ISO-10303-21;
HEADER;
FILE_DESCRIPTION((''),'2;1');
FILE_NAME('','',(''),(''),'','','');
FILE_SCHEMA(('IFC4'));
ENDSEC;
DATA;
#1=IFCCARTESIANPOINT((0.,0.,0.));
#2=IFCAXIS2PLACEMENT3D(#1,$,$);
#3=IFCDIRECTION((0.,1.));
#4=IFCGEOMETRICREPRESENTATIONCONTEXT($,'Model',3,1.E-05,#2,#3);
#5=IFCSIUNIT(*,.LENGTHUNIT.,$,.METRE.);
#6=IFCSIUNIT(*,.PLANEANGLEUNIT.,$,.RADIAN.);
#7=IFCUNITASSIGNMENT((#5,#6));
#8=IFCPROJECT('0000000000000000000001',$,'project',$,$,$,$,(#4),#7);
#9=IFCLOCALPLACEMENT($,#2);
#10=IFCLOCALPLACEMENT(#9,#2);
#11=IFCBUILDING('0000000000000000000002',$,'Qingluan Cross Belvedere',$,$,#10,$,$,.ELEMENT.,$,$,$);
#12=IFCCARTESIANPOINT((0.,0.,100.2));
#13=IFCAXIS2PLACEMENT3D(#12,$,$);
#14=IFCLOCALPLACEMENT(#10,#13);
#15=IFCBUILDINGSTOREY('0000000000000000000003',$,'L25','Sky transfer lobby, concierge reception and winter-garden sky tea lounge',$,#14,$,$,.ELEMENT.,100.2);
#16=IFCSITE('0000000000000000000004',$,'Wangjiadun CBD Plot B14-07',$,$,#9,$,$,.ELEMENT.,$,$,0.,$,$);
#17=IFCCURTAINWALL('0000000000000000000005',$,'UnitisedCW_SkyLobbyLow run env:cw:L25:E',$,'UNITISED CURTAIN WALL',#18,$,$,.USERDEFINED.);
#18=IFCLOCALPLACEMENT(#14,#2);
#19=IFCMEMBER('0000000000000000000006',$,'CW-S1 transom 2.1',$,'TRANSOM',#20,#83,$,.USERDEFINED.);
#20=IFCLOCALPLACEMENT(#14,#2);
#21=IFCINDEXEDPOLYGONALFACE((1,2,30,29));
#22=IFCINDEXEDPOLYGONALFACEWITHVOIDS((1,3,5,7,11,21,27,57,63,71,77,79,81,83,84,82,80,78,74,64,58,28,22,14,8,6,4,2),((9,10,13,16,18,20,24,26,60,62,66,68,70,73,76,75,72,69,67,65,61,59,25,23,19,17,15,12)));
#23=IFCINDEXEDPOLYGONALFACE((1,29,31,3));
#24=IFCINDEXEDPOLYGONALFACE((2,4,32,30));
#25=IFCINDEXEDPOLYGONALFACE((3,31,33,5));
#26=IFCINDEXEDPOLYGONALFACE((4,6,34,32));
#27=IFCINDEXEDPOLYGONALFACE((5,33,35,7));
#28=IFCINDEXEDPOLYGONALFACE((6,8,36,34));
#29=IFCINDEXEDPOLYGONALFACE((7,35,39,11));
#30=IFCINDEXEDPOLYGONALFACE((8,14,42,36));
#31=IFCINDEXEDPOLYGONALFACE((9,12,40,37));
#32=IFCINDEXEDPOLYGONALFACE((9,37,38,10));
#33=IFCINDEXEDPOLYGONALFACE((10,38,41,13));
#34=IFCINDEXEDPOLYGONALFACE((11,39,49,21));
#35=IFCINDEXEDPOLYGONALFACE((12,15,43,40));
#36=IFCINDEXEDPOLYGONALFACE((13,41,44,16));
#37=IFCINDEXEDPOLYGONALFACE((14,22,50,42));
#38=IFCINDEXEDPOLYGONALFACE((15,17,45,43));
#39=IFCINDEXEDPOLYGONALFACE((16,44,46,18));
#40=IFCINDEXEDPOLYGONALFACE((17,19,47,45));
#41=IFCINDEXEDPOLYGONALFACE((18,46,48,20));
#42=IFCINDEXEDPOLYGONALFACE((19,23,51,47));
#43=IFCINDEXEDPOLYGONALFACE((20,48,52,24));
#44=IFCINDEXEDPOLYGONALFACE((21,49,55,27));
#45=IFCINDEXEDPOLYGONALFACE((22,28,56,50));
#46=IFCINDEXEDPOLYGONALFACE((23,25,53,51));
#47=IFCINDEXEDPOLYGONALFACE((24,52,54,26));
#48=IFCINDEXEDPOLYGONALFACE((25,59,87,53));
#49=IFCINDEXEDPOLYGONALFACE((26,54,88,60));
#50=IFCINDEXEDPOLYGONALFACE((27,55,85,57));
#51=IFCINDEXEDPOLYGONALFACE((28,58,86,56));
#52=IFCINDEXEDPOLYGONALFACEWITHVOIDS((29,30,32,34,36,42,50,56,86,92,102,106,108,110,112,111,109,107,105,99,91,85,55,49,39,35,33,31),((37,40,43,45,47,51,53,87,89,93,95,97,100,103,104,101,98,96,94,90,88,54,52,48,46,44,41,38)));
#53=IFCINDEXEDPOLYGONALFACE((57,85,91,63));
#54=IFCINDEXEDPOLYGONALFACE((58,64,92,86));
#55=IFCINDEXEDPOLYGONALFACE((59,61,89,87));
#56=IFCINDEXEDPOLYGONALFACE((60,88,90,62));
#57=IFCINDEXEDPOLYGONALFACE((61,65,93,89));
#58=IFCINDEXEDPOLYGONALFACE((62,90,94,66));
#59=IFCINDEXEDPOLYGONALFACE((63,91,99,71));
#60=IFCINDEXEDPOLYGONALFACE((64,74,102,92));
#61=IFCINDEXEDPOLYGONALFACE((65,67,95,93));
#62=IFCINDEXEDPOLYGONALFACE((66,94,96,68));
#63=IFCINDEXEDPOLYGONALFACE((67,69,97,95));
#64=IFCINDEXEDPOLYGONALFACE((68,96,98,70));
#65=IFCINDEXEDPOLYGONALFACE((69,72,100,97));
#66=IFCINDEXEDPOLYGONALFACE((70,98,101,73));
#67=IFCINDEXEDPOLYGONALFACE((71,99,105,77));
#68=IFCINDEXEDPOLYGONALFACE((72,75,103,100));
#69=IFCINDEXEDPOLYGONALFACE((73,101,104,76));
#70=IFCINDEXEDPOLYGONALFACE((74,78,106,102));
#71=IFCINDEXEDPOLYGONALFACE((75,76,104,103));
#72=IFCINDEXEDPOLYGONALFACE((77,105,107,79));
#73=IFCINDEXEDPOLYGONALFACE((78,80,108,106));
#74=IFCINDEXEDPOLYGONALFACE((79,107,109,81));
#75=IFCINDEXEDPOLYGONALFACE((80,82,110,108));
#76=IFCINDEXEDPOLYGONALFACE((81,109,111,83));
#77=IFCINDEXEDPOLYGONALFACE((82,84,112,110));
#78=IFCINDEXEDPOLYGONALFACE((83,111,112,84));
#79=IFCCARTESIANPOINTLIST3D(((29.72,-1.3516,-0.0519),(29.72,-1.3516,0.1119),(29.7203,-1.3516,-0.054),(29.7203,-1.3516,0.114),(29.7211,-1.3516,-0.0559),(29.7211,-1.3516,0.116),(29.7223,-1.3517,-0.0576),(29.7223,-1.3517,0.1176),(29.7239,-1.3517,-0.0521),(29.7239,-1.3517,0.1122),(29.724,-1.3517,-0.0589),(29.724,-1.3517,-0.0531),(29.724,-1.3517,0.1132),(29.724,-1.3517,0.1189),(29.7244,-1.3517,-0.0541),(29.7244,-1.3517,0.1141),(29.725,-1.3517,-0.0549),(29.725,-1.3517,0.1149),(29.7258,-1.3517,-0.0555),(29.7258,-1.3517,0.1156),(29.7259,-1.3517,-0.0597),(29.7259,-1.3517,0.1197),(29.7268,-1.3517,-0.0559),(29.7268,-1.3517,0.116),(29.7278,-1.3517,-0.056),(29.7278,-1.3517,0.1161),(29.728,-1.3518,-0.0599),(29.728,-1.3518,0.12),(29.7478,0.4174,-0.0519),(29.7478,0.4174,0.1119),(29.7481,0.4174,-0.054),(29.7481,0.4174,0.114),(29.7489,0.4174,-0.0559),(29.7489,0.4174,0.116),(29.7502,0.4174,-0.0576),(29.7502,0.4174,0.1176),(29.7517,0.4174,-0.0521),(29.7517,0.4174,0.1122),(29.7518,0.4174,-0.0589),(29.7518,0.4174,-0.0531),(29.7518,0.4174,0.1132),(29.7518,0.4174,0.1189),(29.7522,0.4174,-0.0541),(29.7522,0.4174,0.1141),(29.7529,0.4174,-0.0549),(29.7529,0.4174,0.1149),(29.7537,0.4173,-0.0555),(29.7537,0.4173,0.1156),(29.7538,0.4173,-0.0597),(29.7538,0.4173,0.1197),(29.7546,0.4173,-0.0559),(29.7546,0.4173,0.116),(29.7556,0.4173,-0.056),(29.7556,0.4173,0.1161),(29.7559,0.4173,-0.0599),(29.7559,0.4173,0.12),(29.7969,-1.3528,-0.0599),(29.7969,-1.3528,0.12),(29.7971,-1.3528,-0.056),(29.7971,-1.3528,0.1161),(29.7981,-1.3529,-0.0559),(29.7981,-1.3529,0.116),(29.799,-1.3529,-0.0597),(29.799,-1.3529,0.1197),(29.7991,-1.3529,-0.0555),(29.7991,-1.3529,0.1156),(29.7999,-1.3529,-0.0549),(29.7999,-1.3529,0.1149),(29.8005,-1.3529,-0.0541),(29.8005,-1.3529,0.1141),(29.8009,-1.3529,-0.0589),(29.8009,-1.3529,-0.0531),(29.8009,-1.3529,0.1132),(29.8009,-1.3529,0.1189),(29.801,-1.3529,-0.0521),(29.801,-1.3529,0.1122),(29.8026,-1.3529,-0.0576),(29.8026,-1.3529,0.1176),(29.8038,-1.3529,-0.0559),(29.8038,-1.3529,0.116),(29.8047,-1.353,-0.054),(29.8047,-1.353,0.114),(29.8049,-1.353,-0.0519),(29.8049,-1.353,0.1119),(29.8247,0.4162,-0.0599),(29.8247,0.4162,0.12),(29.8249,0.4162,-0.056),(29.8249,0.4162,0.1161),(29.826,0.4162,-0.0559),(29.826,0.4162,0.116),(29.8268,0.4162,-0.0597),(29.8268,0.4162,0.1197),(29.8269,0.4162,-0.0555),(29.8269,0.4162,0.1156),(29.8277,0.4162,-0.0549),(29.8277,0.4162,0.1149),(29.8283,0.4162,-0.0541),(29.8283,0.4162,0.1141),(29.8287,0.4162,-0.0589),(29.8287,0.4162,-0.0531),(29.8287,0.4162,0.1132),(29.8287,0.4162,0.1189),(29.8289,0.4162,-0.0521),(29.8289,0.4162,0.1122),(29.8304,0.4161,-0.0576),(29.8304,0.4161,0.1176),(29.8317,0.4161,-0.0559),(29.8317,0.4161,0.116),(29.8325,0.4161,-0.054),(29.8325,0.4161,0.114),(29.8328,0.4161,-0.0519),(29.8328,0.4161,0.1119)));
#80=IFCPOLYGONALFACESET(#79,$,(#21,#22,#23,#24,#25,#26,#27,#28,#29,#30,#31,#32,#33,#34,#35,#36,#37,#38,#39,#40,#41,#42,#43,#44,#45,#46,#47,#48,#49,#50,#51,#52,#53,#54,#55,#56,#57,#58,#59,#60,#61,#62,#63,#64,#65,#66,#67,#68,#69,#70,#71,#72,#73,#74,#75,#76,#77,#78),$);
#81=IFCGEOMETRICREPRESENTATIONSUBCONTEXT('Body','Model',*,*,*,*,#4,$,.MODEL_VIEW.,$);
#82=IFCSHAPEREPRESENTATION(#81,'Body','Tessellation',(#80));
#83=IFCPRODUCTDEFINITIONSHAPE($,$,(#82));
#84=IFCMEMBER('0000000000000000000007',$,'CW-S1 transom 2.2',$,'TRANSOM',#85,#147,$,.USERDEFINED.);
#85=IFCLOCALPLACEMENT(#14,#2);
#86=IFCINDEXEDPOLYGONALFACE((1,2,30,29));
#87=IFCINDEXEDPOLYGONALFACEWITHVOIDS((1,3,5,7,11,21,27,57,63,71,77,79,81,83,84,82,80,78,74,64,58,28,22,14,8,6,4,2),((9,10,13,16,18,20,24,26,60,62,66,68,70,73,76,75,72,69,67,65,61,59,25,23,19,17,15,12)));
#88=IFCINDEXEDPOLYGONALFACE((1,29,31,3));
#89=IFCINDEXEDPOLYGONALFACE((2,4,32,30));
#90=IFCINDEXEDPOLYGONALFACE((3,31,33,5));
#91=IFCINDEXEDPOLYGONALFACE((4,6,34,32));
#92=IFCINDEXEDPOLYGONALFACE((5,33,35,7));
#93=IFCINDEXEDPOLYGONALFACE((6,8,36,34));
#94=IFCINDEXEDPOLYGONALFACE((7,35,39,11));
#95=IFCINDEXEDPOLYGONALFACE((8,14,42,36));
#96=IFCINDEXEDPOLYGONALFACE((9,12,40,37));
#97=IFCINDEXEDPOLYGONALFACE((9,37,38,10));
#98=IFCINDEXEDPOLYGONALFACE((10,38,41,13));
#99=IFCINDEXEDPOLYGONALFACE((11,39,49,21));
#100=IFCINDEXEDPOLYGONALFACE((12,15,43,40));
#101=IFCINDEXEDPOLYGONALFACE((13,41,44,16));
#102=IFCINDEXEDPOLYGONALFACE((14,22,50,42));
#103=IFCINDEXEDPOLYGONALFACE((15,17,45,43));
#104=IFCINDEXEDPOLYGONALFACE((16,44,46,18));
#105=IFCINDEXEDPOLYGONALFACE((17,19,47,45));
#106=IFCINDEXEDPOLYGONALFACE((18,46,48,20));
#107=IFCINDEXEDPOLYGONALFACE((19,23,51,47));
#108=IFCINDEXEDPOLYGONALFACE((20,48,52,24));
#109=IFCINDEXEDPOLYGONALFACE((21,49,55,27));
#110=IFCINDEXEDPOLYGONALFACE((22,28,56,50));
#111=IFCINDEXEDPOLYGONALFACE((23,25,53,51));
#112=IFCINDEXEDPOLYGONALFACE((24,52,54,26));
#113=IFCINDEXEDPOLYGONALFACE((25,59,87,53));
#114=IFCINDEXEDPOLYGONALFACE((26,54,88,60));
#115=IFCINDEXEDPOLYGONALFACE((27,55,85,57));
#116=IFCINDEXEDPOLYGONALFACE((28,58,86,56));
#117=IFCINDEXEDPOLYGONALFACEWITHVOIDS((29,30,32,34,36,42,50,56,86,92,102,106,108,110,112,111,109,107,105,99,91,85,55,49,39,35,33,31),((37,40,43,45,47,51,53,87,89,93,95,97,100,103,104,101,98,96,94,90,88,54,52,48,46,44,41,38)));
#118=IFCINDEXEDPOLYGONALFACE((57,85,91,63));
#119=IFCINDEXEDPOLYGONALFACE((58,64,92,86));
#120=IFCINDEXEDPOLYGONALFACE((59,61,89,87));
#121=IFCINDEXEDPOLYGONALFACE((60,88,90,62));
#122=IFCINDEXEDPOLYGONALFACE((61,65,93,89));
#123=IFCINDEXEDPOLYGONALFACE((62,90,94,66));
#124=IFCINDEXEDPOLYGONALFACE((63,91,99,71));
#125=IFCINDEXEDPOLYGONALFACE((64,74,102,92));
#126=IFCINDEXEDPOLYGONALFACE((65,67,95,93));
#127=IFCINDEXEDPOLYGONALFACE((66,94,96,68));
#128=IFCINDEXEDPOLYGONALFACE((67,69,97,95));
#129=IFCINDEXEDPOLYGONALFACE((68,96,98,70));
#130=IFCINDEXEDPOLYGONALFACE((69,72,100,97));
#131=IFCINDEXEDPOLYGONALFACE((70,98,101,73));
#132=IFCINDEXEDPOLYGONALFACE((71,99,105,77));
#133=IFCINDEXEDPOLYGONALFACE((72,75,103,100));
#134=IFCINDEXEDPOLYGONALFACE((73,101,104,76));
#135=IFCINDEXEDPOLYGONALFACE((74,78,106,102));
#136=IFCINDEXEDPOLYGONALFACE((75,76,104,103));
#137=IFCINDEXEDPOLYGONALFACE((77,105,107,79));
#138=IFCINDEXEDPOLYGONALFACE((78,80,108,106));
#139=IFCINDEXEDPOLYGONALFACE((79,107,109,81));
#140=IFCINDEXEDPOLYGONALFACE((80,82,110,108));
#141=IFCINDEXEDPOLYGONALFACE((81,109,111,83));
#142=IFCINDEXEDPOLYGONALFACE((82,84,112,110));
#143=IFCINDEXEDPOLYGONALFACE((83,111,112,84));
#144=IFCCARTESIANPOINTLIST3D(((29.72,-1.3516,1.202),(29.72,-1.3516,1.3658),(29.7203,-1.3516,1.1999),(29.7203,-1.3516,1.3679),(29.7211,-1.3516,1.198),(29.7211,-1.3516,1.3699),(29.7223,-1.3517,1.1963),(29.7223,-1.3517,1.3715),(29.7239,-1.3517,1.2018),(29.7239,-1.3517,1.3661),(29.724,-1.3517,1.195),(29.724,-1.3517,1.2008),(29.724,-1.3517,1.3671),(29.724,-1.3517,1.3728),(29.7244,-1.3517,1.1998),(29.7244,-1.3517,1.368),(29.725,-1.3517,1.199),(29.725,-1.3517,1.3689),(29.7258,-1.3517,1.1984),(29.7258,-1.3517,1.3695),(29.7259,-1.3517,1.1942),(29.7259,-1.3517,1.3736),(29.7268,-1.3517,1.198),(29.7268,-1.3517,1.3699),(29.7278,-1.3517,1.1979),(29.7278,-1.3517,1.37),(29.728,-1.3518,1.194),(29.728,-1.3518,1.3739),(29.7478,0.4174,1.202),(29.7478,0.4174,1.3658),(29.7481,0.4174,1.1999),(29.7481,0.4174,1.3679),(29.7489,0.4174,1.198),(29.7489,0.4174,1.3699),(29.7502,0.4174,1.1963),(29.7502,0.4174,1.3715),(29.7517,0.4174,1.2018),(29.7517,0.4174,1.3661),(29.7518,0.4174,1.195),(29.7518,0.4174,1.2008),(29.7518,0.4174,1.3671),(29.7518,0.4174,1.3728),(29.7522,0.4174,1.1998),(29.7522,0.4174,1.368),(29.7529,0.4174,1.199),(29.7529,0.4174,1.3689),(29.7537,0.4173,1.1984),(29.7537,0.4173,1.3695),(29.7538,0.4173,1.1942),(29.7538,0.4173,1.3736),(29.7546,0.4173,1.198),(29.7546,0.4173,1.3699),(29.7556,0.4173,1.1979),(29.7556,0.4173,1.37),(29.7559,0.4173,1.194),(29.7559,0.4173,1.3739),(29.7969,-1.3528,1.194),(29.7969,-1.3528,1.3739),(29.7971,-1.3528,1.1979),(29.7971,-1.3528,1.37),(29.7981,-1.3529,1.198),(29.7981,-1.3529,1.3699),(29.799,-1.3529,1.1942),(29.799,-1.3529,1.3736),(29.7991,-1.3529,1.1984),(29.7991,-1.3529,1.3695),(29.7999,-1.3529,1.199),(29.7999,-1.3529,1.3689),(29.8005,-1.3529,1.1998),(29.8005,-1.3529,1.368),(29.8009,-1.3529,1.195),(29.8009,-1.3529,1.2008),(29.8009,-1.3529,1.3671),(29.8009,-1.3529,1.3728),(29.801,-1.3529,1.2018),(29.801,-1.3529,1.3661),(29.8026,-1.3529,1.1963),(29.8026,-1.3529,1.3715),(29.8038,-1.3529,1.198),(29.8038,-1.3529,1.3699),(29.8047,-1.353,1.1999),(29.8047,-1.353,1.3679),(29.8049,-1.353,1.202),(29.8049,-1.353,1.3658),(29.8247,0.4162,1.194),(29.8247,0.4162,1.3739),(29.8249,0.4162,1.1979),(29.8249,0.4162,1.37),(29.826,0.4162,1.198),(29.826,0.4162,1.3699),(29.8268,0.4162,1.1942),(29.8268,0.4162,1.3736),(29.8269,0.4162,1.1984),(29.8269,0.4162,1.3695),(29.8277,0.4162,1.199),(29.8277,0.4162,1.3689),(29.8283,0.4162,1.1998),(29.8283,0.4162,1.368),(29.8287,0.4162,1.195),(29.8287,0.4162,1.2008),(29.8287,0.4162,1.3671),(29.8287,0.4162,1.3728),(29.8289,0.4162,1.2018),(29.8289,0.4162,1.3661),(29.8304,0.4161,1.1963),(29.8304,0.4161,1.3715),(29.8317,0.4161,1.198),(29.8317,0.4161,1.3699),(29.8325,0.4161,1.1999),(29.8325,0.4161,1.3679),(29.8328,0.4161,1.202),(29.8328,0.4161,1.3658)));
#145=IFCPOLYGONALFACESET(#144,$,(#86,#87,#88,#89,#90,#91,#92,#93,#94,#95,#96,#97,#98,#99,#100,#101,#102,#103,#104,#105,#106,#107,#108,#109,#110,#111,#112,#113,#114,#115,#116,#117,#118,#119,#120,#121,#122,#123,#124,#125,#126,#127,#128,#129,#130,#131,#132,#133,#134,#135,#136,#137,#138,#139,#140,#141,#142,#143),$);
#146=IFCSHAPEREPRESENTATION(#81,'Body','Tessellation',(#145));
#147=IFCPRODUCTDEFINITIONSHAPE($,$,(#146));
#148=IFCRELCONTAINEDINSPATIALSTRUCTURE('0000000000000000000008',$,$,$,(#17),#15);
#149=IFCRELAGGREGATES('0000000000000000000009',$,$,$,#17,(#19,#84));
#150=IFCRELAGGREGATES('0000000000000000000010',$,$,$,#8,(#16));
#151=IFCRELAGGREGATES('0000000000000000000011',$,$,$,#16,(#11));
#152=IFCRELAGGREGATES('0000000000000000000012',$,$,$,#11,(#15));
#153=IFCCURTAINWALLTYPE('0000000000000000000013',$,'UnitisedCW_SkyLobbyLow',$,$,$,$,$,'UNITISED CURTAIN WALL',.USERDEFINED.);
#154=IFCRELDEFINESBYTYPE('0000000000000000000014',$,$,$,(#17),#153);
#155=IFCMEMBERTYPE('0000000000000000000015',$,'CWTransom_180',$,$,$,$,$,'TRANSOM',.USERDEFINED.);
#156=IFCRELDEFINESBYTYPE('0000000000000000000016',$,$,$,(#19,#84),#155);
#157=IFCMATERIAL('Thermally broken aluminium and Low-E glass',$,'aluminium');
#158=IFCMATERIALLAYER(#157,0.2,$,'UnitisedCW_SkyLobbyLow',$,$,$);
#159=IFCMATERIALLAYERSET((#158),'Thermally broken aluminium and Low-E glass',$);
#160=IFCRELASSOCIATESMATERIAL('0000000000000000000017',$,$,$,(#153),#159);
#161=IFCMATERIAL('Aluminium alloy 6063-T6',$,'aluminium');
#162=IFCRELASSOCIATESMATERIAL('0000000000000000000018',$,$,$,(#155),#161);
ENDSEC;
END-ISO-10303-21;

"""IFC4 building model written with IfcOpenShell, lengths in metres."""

from ifc_helpers import new_model, si_unit, direction, frame, origin, origin_2d, place, context, subcontext, project, spatial, hollow_rectangle, extrude, material, layer, layer_set, material_profile, profile_set, type_object, element, aggregate, save


model = new_model("IFC4")

# Units and contexts
model_context = context("Model", 3, precision=1e-05, world=origin(), true_north=direction((0.0, 1.0)))
body_context = subcontext(model_context, "Body", "Model", "MODEL_VIEW")
ifc_project = project(units=[si_unit("LENGTHUNIT", "METRE"), si_unit("PLANEANGLEUNIT", "RADIAN")], contexts=[model_context])

# Site, building, storey
site_placement = place(None, origin())
site = spatial("IfcSite", under=ifc_project, at=site_placement, Name="Wangjiadun CBD Plot B14-07", CompositionType="ELEMENT", RefElevation=0.0)
building_placement = place(site_placement, origin())
building = spatial("IfcBuilding", under=site, at=building_placement, Name="Qingluan Cross Belvedere", CompositionType="ELEMENT")
storey_placement = place(building_placement, frame((0.0, 0.0, 100.2)))
storey = spatial("IfcBuildingStorey", under=building, at=storey_placement, Name="L25", Description="Sky transfer lobby, concierge reception and winter-garden sky tea lounge", CompositionType="ELEMENT", Elevation=100.2)

# Curtain wall, members
ifc_material_1 = material(Name="Thermally broken aluminium and Low-E glass", Category="aluminium")
ifc_layer_1 = layer(ifc_material_1, 0.2, Name="UnitisedCW_SkyLobbyLow")
ifc_layer_set_1 = layer_set([ifc_layer_1], Name="Thermally broken aluminium and Low-E glass")
curtain_wall_type = type_object("IfcCurtainWallType", Name="UnitisedCW_SkyLobbyLow", ElementType="UNITISED CURTAIN WALL", PredefinedType="USERDEFINED", material=ifc_layer_set_1)
curtain_wall_placement = place(storey_placement, origin())
curtain_wall = element("IfcCurtainWall", 1, at=curtain_wall_placement, inside=storey, type_object=curtain_wall_type, Name="UnitisedCW_SkyLobbyLow run env:cw:L25:E", ObjectType="UNITISED CURTAIN WALL", PredefinedType="USERDEFINED")
ifc_material_2 = material(Name="Aluminium alloy 6063-T6", Category="aluminium")
ifc_material_profile_1 = material_profile(ifc_material_2, hollow_rectangle(XDim=0.085, YDim=0.1799, WallThickness=0.0039, InnerFilletRadius=0.0039, OuterFilletRadius=0.0081, at=origin_2d()), Name="CWT180x85x4")
ifc_profile_set_1 = profile_set([ifc_material_profile_1], Name="Aluminium alloy 6063-T6")
member_type_1 = type_object("IfcMemberType", Name="CWTransom_180", ElementType="TRANSOM", PredefinedType="USERDEFINED", material=ifc_profile_set_1)
member_1_placement = place(storey_placement, frame((29.7625, -1.3523, 0.03), z_axis=(0.015731, 0.999876, 0.0), x_axis=(-0.999876, 0.015731, 0.0)))
member_1 = element("IfcMember", 2, at=member_1_placement, type_object=member_type_1, Name="CW-S1 transom 2.1", ObjectType="TRANSOM", PredefinedType="USERDEFINED", context=body_context, shape_type="SweptSolid", body=[
    extrude(hollow_rectangle(XDim=0.085, YDim=0.1799, WallThickness=0.0039, InnerFilletRadius=0.0039, OuterFilletRadius=0.0081, at=origin_2d()), origin(), (0.0, 0.0, 1.0), 1.7693),
])
member_2_placement = place(storey_placement, frame((29.7625, -1.3523, 1.2839), z_axis=(0.015731, 0.999876, 0.0), x_axis=(-0.999876, 0.015731, 0.0)))
member_2 = element("IfcMember", 3, at=member_2_placement, type_object=member_type_1, Name="CW-S1 transom 2.2", ObjectType="TRANSOM", PredefinedType="USERDEFINED", context=body_context, shape_type="SweptSolid", body=[
    extrude(hollow_rectangle(XDim=0.085, YDim=0.1799, WallThickness=0.0039, InnerFilletRadius=0.0039, OuterFilletRadius=0.0081, at=origin_2d()), origin(), (0.0, 0.0, 1.0), 1.7693),
])

aggregate(curtain_wall, [member_1, member_2])

save(model, "model.ifc")
